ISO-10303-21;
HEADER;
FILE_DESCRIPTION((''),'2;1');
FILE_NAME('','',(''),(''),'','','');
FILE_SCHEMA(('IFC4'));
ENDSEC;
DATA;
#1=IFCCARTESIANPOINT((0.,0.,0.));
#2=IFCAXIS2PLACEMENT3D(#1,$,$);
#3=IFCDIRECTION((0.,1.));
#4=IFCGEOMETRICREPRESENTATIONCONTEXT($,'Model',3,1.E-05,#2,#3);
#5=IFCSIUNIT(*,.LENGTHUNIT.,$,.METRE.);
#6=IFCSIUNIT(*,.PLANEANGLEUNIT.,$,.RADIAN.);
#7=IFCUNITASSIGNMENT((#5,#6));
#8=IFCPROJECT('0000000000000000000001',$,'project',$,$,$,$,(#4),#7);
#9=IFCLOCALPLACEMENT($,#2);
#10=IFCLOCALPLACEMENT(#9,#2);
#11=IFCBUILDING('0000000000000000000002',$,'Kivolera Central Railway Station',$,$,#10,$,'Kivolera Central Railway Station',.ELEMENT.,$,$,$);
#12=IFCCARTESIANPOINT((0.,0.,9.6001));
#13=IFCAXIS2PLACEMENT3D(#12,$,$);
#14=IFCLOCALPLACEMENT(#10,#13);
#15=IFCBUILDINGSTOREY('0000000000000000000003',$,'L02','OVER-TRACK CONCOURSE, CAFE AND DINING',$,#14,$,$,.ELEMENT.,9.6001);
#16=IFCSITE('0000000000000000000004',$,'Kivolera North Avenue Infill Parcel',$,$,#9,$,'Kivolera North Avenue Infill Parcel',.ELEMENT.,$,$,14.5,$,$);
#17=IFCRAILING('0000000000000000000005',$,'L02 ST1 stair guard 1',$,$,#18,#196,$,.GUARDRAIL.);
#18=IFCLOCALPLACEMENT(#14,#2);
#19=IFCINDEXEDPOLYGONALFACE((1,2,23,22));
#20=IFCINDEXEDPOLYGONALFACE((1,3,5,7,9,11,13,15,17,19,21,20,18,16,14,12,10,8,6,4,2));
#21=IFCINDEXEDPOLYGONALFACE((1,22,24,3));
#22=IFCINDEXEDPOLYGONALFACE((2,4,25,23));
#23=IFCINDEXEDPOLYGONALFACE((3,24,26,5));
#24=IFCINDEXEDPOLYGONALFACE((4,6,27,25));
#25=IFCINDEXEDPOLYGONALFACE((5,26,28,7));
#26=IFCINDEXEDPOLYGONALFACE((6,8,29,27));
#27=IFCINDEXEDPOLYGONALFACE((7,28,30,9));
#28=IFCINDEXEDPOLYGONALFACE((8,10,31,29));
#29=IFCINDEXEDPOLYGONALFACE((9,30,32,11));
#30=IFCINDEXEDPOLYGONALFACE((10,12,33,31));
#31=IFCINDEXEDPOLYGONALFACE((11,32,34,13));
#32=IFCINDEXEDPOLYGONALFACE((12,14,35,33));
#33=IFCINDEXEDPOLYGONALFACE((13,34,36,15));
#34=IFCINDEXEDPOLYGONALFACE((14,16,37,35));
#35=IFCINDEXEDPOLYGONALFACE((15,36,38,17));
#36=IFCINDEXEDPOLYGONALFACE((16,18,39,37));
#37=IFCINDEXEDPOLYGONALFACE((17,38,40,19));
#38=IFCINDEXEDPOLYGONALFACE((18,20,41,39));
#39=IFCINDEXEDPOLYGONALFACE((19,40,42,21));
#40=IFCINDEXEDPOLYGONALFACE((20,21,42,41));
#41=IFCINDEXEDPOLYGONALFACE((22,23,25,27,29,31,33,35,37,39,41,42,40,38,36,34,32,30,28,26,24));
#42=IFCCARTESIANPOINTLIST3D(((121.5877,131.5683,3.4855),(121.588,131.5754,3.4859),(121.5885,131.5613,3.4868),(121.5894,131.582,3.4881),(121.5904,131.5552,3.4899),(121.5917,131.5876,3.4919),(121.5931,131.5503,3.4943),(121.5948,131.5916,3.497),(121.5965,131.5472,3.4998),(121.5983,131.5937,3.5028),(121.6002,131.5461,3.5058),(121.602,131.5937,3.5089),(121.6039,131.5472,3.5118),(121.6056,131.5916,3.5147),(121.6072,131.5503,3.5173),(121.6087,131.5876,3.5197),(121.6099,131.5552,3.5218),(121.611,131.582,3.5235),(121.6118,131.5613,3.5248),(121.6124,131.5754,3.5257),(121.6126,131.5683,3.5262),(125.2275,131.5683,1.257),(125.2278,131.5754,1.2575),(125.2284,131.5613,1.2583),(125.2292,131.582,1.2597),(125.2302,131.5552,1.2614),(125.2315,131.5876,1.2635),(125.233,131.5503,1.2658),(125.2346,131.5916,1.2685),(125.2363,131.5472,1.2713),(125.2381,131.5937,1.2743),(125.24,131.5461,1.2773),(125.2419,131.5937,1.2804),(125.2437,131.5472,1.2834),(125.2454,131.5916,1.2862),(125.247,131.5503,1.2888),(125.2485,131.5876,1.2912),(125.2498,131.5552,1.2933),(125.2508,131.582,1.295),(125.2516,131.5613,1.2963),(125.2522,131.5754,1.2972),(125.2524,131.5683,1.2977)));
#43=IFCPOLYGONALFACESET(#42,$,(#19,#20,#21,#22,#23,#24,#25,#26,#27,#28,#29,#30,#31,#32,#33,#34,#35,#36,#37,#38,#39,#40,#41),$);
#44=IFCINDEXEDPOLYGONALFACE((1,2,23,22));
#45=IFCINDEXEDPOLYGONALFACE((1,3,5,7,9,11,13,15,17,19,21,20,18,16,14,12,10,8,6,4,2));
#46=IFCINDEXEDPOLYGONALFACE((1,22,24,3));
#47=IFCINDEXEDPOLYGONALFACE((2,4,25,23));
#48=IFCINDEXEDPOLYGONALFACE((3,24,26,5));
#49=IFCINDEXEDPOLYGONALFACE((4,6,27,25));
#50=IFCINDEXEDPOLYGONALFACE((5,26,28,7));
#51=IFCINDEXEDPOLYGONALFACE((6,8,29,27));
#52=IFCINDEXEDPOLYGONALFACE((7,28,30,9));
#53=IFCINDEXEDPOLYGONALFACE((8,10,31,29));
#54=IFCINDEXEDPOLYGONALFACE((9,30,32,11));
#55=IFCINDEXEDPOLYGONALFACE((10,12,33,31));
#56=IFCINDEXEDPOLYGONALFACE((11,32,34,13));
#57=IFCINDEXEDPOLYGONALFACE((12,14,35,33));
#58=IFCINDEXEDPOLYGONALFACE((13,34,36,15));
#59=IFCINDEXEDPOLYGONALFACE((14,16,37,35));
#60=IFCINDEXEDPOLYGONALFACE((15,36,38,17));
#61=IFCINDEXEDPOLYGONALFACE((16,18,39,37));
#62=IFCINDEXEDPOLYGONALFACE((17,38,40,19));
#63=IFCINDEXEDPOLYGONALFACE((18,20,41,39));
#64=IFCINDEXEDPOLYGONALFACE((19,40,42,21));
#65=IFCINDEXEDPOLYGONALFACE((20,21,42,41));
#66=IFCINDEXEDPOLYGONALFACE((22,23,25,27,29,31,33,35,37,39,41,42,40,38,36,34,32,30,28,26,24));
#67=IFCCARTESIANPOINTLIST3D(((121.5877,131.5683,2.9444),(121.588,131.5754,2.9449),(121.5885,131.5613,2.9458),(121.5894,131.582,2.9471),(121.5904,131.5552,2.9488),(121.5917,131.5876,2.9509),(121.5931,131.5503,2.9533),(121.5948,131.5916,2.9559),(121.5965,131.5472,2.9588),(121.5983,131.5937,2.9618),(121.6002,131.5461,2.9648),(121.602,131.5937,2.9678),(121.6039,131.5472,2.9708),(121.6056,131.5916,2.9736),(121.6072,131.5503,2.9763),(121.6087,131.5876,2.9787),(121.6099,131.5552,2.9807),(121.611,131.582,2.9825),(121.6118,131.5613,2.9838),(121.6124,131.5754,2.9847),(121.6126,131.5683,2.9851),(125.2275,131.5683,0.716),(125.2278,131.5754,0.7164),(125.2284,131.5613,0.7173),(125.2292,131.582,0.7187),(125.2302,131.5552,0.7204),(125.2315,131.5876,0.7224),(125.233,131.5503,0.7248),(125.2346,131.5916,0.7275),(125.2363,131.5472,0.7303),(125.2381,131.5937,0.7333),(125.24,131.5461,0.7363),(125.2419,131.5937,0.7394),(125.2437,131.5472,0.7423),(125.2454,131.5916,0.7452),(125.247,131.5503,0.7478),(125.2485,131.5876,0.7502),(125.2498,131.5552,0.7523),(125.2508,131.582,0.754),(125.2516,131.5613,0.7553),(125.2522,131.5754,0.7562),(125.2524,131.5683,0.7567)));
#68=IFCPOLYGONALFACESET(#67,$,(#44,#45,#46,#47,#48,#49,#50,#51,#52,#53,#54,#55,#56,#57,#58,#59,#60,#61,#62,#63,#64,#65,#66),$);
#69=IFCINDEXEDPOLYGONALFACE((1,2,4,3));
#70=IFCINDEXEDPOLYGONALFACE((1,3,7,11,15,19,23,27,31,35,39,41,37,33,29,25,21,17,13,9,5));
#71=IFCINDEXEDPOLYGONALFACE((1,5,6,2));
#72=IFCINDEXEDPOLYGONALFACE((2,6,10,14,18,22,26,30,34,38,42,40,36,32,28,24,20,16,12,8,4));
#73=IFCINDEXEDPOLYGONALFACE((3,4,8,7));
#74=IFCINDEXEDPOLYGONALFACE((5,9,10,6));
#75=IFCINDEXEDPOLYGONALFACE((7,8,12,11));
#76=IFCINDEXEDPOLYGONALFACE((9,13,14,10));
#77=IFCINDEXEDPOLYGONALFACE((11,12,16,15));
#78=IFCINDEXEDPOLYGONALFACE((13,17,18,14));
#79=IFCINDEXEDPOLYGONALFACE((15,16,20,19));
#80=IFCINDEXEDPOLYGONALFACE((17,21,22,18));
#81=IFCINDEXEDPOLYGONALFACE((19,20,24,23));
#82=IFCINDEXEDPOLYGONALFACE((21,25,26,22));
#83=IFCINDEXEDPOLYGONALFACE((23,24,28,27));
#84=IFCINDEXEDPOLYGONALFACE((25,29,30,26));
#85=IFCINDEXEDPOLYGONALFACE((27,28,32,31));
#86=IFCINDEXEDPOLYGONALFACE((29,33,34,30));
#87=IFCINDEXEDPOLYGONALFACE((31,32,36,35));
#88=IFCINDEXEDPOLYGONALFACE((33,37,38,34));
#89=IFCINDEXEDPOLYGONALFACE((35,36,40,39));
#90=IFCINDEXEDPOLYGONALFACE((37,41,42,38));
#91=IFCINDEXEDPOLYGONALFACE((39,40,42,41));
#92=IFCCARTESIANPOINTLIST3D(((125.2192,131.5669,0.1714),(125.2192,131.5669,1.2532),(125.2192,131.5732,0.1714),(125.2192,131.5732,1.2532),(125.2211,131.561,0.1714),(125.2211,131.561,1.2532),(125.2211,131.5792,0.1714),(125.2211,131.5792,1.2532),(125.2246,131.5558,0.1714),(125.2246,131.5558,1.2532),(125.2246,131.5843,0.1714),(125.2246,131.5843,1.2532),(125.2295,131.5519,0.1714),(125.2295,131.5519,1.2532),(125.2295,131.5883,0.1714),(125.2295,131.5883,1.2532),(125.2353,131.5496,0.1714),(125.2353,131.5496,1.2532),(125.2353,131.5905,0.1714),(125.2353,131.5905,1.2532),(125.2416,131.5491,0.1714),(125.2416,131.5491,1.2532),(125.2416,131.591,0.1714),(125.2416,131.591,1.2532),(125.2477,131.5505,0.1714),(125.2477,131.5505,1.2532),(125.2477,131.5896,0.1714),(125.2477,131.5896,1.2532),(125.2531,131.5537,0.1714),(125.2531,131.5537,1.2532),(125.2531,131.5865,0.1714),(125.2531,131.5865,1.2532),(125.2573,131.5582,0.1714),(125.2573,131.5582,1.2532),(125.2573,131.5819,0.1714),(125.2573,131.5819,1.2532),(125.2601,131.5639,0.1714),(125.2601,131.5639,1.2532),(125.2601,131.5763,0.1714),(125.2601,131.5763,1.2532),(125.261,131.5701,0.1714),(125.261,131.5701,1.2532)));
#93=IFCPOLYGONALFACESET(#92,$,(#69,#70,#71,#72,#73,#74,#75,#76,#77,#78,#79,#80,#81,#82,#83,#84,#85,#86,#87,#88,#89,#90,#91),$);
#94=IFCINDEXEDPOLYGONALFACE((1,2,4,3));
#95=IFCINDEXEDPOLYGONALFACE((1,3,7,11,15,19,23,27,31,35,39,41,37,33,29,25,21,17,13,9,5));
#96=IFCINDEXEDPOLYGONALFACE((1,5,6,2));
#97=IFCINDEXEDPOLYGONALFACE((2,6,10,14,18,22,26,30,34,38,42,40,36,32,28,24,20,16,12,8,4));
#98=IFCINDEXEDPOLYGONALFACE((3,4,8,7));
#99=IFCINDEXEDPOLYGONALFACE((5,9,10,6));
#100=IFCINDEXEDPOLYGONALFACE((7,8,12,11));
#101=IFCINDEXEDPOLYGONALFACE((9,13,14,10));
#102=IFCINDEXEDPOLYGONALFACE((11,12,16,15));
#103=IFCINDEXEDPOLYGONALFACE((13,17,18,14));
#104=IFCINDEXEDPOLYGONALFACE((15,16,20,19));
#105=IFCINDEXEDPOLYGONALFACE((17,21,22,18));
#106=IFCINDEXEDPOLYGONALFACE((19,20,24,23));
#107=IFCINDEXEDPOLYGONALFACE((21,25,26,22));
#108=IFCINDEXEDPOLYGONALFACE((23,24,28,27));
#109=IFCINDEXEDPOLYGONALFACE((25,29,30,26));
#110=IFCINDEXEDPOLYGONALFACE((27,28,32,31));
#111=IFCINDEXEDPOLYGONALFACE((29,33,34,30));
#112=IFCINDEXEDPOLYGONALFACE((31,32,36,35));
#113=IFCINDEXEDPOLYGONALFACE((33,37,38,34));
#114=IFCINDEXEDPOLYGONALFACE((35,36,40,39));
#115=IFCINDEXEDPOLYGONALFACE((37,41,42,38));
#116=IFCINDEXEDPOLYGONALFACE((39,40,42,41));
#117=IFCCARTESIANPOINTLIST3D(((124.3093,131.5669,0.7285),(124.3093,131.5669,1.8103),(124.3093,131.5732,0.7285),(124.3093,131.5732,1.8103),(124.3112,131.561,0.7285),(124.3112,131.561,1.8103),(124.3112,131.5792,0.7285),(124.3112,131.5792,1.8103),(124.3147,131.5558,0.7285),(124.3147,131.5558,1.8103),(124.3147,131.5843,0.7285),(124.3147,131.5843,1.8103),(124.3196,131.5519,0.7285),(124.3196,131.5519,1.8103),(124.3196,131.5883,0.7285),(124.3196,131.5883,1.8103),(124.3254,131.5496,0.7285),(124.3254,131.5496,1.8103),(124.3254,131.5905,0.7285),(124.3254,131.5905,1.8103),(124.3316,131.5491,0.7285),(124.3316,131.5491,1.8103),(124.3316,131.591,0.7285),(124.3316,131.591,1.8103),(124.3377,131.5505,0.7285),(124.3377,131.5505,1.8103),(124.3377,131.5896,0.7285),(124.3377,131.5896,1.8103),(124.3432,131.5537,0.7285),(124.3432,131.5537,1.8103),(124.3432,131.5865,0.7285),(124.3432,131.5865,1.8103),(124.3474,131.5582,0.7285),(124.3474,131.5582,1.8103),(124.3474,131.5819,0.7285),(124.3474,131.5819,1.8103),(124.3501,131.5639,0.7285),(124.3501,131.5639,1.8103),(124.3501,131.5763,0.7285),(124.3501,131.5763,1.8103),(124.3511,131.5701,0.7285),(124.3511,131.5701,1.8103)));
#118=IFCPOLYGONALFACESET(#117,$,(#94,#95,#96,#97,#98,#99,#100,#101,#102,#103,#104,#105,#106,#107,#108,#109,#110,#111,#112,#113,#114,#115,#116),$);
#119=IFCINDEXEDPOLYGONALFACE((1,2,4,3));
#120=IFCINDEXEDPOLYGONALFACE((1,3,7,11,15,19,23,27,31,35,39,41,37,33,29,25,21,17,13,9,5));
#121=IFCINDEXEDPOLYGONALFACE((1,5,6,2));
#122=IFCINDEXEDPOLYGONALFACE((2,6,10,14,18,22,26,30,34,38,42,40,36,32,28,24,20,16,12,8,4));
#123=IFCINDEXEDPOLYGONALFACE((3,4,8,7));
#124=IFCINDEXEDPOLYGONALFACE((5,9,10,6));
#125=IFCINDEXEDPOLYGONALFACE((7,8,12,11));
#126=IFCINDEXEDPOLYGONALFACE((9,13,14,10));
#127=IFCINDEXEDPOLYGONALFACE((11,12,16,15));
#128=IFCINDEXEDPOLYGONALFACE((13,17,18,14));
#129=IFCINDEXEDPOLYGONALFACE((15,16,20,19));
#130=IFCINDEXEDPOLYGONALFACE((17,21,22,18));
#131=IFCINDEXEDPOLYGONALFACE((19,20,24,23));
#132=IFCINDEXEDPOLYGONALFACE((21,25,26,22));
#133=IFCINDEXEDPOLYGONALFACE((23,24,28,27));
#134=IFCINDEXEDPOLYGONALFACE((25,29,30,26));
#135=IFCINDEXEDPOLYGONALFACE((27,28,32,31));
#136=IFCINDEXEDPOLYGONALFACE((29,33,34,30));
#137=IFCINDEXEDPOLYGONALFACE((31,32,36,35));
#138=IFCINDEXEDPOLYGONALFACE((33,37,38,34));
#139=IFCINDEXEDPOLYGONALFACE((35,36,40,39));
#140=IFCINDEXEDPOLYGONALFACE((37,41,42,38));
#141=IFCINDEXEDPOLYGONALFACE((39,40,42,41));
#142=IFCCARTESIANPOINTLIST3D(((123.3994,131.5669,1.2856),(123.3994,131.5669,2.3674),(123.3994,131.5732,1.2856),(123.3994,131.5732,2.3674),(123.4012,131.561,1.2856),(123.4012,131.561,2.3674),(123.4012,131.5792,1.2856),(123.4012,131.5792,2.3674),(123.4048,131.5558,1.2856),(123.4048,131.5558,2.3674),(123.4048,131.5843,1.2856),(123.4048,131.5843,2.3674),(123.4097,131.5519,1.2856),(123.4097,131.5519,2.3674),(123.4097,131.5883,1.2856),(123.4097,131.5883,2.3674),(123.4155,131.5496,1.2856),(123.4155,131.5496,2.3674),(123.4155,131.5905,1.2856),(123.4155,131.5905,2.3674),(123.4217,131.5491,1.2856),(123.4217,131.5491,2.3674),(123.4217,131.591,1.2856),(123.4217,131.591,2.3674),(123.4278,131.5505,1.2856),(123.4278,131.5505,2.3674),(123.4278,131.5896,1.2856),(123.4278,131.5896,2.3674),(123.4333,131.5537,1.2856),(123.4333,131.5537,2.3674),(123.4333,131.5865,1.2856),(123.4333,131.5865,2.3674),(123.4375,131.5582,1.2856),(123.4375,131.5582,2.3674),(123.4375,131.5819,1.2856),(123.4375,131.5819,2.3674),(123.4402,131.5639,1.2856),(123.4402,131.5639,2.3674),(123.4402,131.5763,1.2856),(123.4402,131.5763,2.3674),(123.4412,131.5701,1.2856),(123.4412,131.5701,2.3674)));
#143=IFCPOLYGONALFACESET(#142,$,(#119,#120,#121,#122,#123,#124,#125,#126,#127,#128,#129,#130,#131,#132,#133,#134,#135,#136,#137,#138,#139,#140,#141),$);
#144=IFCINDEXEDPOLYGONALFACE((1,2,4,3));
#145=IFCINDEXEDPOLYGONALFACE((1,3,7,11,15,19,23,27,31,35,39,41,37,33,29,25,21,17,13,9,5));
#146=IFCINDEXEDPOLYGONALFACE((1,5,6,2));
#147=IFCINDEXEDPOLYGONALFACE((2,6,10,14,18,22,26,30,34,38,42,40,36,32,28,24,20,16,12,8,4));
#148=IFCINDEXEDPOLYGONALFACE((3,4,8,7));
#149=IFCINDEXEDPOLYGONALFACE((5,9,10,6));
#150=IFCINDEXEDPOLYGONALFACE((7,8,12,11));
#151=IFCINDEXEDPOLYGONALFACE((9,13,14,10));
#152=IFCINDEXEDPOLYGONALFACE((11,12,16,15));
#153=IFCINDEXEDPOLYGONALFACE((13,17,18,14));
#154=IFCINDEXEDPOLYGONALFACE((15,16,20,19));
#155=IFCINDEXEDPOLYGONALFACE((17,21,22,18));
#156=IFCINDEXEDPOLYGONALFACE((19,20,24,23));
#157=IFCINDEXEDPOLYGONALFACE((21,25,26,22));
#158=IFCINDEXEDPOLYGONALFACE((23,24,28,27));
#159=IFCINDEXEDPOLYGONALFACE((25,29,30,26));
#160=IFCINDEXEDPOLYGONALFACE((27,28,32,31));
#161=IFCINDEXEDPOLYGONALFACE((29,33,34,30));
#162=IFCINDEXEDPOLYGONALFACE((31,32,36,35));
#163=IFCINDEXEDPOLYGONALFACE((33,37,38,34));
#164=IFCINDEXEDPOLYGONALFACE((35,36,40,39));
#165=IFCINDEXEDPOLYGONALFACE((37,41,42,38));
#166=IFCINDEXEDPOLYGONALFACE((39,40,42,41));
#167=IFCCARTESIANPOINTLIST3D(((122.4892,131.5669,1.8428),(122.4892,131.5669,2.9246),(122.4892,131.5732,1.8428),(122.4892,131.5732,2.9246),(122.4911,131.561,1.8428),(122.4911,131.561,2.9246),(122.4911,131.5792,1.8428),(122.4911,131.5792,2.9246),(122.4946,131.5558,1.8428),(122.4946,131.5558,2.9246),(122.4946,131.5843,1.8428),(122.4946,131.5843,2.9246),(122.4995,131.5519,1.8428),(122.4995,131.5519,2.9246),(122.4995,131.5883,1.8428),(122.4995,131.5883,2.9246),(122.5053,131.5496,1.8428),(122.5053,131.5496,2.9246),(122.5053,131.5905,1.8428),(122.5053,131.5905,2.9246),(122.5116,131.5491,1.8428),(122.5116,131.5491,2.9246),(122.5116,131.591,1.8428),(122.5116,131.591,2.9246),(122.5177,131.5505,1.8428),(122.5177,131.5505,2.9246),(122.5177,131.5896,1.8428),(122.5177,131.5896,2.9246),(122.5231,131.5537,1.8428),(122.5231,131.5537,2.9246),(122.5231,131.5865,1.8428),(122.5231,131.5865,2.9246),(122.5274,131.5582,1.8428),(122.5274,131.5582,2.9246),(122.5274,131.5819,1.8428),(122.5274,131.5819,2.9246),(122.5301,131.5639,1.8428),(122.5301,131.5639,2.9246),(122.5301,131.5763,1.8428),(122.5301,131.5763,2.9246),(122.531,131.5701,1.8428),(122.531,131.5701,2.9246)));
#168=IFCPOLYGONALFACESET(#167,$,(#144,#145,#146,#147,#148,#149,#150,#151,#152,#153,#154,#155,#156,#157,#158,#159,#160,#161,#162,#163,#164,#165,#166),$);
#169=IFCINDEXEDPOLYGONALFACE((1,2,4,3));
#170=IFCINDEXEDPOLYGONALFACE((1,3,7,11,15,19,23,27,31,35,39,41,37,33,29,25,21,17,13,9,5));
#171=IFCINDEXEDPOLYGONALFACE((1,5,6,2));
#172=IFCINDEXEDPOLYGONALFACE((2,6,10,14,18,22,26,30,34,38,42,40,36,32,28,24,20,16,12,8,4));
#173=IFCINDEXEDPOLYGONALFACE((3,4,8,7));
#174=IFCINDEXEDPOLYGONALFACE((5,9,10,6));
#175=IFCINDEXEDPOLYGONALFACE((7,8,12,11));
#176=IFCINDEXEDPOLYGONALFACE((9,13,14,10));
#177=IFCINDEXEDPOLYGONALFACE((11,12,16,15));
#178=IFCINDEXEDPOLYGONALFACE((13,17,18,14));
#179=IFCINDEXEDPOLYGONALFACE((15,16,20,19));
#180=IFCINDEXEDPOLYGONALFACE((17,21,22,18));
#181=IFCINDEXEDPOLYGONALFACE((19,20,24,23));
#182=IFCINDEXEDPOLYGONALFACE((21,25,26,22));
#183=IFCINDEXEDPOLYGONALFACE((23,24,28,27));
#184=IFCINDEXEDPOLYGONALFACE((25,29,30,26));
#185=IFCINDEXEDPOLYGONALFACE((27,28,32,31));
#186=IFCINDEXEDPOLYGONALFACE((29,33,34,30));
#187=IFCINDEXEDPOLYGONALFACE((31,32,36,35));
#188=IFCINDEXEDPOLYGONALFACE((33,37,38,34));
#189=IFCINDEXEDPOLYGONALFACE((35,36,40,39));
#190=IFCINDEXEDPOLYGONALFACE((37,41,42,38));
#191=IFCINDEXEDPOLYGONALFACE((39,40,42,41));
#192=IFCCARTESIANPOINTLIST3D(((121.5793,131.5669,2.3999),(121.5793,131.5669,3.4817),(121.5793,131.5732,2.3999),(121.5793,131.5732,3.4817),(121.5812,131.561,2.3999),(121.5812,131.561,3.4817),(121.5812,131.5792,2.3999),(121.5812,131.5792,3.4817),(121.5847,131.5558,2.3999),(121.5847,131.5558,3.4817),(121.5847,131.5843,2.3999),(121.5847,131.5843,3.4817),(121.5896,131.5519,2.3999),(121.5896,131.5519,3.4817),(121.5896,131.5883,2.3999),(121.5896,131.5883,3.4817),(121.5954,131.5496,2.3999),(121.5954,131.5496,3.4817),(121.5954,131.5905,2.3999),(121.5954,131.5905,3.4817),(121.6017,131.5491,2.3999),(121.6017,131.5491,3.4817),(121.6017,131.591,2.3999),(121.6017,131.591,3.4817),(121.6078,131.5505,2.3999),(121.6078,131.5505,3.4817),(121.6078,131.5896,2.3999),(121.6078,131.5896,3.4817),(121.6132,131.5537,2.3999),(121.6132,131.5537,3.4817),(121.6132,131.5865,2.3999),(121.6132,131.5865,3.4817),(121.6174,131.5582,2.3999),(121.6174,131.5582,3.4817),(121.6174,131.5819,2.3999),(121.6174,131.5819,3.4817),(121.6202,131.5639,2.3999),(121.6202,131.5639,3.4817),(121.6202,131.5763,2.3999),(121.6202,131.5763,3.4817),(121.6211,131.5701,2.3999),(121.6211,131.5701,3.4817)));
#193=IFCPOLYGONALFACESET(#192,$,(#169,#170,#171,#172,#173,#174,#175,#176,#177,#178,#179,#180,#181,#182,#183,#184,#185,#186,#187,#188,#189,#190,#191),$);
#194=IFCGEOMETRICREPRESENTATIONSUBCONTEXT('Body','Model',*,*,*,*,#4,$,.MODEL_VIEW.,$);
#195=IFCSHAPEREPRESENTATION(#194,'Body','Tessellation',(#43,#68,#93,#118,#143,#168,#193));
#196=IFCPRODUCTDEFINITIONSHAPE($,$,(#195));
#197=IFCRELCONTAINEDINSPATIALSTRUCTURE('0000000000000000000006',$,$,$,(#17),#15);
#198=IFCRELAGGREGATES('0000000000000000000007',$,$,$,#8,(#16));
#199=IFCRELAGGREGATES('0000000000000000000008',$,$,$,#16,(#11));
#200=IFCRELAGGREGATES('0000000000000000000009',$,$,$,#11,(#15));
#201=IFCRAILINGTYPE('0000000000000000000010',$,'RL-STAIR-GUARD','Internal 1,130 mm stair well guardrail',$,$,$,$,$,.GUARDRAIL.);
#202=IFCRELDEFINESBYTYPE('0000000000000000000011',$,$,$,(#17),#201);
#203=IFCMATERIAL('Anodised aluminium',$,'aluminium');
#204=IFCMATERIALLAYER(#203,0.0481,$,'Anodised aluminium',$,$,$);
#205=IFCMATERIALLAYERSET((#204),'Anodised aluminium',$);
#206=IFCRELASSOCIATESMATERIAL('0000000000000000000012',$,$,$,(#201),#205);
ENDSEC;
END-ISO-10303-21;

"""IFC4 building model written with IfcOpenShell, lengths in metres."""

from ifc_helpers import new_model, si_unit, direction, frame, origin, origin_2d, place, context, subcontext, project, spatial, circle, extrude, material, layer, layer_set, type_object, element, save


model = new_model("IFC4")

# Units and contexts
model_context = context("Model", 3, precision=1e-05, world=origin(), true_north=direction((0.0, 1.0)))
body_context = subcontext(model_context, "Body", "Model", "MODEL_VIEW")
ifc_project = project(units=[si_unit("LENGTHUNIT", "METRE"), si_unit("PLANEANGLEUNIT", "RADIAN")], contexts=[model_context])

# Site, building, storey
site_placement = place(None, origin())
site = spatial("IfcSite", under=ifc_project, at=site_placement, Name="Kivolera North Avenue Infill Parcel", LongName="Kivolera North Avenue Infill Parcel", CompositionType="ELEMENT", RefElevation=14.5)
building_placement = place(site_placement, origin())
building = spatial("IfcBuilding", under=site, at=building_placement, Name="Kivolera Central Railway Station", LongName="Kivolera Central Railway Station", CompositionType="ELEMENT")
storey_placement = place(building_placement, frame((0.0, 0.0, 9.6001)))
storey = spatial("IfcBuildingStorey", under=building, at=storey_placement, Name="L02", Description="OVER-TRACK CONCOURSE, CAFE AND DINING", CompositionType="ELEMENT", Elevation=9.6001)

# Shared definitions
ifc_material_1 = material(Name="Anodised aluminium", Category="aluminium")

# Railing
ifc_layer_1 = layer(ifc_material_1, 0.0481, Name="Anodised aluminium")
ifc_layer_set_1 = layer_set([ifc_layer_1], Name="Anodised aluminium")
railing_type_1 = type_object("IfcRailingType", Name="RL-STAIR-GUARD", Description="Internal 1,130 mm stair well guardrail", PredefinedType="GUARDRAIL", material=ifc_layer_set_1)
railing_1_placement = place(storey_placement, frame((125.24, 131.5701, 0.1714)))
element("IfcRailing", 1, at=railing_1_placement, inside=storey, type_object=railing_type_1, Name="L02 ST1 stair guard 1", PredefinedType="GUARDRAIL", context=body_context, shape_type="SweptSolid", body=[
    extrude(circle(Radius=0.0239, at=origin_2d()), frame((0.0, 0.0, 1.106), z_axis=(-0.85285, 0.0, 0.522156), x_axis=(0.0, -1.0, 0.0)), (0.0, 0.0, 1.0), 4.2678),
    extrude(circle(Radius=0.0239, at=origin_2d()), frame((0.0, 0.0, 0.5649), z_axis=(-0.85285, 0.0, 0.522156), x_axis=(0.0, -1.0, 0.0)), (0.0, 0.0, 1.0), 4.2678),
    extrude(circle(Radius=0.021, at=origin_2d()), origin(), (0.0, 0.0, 1.0), 1.0818),
    extrude(circle(Radius=0.021, at=origin_2d()), frame((-0.9099, 0.0, 0.5571)), (0.0, 0.0, 1.0), 1.0818),
    extrude(circle(Radius=0.021, at=origin_2d()), frame((-1.8198, 0.0, 1.1143)), (0.0, 0.0, 1.0), 1.0818),
    extrude(circle(Radius=0.021, at=origin_2d()), frame((-2.73, 0.0, 1.6714)), (0.0, 0.0, 1.0), 1.0818),
    extrude(circle(Radius=0.021, at=origin_2d()), frame((-3.6399, 0.0, 2.2285)), (0.0, 0.0, 1.0), 1.0818),
])

save(model, "model.ifc")
